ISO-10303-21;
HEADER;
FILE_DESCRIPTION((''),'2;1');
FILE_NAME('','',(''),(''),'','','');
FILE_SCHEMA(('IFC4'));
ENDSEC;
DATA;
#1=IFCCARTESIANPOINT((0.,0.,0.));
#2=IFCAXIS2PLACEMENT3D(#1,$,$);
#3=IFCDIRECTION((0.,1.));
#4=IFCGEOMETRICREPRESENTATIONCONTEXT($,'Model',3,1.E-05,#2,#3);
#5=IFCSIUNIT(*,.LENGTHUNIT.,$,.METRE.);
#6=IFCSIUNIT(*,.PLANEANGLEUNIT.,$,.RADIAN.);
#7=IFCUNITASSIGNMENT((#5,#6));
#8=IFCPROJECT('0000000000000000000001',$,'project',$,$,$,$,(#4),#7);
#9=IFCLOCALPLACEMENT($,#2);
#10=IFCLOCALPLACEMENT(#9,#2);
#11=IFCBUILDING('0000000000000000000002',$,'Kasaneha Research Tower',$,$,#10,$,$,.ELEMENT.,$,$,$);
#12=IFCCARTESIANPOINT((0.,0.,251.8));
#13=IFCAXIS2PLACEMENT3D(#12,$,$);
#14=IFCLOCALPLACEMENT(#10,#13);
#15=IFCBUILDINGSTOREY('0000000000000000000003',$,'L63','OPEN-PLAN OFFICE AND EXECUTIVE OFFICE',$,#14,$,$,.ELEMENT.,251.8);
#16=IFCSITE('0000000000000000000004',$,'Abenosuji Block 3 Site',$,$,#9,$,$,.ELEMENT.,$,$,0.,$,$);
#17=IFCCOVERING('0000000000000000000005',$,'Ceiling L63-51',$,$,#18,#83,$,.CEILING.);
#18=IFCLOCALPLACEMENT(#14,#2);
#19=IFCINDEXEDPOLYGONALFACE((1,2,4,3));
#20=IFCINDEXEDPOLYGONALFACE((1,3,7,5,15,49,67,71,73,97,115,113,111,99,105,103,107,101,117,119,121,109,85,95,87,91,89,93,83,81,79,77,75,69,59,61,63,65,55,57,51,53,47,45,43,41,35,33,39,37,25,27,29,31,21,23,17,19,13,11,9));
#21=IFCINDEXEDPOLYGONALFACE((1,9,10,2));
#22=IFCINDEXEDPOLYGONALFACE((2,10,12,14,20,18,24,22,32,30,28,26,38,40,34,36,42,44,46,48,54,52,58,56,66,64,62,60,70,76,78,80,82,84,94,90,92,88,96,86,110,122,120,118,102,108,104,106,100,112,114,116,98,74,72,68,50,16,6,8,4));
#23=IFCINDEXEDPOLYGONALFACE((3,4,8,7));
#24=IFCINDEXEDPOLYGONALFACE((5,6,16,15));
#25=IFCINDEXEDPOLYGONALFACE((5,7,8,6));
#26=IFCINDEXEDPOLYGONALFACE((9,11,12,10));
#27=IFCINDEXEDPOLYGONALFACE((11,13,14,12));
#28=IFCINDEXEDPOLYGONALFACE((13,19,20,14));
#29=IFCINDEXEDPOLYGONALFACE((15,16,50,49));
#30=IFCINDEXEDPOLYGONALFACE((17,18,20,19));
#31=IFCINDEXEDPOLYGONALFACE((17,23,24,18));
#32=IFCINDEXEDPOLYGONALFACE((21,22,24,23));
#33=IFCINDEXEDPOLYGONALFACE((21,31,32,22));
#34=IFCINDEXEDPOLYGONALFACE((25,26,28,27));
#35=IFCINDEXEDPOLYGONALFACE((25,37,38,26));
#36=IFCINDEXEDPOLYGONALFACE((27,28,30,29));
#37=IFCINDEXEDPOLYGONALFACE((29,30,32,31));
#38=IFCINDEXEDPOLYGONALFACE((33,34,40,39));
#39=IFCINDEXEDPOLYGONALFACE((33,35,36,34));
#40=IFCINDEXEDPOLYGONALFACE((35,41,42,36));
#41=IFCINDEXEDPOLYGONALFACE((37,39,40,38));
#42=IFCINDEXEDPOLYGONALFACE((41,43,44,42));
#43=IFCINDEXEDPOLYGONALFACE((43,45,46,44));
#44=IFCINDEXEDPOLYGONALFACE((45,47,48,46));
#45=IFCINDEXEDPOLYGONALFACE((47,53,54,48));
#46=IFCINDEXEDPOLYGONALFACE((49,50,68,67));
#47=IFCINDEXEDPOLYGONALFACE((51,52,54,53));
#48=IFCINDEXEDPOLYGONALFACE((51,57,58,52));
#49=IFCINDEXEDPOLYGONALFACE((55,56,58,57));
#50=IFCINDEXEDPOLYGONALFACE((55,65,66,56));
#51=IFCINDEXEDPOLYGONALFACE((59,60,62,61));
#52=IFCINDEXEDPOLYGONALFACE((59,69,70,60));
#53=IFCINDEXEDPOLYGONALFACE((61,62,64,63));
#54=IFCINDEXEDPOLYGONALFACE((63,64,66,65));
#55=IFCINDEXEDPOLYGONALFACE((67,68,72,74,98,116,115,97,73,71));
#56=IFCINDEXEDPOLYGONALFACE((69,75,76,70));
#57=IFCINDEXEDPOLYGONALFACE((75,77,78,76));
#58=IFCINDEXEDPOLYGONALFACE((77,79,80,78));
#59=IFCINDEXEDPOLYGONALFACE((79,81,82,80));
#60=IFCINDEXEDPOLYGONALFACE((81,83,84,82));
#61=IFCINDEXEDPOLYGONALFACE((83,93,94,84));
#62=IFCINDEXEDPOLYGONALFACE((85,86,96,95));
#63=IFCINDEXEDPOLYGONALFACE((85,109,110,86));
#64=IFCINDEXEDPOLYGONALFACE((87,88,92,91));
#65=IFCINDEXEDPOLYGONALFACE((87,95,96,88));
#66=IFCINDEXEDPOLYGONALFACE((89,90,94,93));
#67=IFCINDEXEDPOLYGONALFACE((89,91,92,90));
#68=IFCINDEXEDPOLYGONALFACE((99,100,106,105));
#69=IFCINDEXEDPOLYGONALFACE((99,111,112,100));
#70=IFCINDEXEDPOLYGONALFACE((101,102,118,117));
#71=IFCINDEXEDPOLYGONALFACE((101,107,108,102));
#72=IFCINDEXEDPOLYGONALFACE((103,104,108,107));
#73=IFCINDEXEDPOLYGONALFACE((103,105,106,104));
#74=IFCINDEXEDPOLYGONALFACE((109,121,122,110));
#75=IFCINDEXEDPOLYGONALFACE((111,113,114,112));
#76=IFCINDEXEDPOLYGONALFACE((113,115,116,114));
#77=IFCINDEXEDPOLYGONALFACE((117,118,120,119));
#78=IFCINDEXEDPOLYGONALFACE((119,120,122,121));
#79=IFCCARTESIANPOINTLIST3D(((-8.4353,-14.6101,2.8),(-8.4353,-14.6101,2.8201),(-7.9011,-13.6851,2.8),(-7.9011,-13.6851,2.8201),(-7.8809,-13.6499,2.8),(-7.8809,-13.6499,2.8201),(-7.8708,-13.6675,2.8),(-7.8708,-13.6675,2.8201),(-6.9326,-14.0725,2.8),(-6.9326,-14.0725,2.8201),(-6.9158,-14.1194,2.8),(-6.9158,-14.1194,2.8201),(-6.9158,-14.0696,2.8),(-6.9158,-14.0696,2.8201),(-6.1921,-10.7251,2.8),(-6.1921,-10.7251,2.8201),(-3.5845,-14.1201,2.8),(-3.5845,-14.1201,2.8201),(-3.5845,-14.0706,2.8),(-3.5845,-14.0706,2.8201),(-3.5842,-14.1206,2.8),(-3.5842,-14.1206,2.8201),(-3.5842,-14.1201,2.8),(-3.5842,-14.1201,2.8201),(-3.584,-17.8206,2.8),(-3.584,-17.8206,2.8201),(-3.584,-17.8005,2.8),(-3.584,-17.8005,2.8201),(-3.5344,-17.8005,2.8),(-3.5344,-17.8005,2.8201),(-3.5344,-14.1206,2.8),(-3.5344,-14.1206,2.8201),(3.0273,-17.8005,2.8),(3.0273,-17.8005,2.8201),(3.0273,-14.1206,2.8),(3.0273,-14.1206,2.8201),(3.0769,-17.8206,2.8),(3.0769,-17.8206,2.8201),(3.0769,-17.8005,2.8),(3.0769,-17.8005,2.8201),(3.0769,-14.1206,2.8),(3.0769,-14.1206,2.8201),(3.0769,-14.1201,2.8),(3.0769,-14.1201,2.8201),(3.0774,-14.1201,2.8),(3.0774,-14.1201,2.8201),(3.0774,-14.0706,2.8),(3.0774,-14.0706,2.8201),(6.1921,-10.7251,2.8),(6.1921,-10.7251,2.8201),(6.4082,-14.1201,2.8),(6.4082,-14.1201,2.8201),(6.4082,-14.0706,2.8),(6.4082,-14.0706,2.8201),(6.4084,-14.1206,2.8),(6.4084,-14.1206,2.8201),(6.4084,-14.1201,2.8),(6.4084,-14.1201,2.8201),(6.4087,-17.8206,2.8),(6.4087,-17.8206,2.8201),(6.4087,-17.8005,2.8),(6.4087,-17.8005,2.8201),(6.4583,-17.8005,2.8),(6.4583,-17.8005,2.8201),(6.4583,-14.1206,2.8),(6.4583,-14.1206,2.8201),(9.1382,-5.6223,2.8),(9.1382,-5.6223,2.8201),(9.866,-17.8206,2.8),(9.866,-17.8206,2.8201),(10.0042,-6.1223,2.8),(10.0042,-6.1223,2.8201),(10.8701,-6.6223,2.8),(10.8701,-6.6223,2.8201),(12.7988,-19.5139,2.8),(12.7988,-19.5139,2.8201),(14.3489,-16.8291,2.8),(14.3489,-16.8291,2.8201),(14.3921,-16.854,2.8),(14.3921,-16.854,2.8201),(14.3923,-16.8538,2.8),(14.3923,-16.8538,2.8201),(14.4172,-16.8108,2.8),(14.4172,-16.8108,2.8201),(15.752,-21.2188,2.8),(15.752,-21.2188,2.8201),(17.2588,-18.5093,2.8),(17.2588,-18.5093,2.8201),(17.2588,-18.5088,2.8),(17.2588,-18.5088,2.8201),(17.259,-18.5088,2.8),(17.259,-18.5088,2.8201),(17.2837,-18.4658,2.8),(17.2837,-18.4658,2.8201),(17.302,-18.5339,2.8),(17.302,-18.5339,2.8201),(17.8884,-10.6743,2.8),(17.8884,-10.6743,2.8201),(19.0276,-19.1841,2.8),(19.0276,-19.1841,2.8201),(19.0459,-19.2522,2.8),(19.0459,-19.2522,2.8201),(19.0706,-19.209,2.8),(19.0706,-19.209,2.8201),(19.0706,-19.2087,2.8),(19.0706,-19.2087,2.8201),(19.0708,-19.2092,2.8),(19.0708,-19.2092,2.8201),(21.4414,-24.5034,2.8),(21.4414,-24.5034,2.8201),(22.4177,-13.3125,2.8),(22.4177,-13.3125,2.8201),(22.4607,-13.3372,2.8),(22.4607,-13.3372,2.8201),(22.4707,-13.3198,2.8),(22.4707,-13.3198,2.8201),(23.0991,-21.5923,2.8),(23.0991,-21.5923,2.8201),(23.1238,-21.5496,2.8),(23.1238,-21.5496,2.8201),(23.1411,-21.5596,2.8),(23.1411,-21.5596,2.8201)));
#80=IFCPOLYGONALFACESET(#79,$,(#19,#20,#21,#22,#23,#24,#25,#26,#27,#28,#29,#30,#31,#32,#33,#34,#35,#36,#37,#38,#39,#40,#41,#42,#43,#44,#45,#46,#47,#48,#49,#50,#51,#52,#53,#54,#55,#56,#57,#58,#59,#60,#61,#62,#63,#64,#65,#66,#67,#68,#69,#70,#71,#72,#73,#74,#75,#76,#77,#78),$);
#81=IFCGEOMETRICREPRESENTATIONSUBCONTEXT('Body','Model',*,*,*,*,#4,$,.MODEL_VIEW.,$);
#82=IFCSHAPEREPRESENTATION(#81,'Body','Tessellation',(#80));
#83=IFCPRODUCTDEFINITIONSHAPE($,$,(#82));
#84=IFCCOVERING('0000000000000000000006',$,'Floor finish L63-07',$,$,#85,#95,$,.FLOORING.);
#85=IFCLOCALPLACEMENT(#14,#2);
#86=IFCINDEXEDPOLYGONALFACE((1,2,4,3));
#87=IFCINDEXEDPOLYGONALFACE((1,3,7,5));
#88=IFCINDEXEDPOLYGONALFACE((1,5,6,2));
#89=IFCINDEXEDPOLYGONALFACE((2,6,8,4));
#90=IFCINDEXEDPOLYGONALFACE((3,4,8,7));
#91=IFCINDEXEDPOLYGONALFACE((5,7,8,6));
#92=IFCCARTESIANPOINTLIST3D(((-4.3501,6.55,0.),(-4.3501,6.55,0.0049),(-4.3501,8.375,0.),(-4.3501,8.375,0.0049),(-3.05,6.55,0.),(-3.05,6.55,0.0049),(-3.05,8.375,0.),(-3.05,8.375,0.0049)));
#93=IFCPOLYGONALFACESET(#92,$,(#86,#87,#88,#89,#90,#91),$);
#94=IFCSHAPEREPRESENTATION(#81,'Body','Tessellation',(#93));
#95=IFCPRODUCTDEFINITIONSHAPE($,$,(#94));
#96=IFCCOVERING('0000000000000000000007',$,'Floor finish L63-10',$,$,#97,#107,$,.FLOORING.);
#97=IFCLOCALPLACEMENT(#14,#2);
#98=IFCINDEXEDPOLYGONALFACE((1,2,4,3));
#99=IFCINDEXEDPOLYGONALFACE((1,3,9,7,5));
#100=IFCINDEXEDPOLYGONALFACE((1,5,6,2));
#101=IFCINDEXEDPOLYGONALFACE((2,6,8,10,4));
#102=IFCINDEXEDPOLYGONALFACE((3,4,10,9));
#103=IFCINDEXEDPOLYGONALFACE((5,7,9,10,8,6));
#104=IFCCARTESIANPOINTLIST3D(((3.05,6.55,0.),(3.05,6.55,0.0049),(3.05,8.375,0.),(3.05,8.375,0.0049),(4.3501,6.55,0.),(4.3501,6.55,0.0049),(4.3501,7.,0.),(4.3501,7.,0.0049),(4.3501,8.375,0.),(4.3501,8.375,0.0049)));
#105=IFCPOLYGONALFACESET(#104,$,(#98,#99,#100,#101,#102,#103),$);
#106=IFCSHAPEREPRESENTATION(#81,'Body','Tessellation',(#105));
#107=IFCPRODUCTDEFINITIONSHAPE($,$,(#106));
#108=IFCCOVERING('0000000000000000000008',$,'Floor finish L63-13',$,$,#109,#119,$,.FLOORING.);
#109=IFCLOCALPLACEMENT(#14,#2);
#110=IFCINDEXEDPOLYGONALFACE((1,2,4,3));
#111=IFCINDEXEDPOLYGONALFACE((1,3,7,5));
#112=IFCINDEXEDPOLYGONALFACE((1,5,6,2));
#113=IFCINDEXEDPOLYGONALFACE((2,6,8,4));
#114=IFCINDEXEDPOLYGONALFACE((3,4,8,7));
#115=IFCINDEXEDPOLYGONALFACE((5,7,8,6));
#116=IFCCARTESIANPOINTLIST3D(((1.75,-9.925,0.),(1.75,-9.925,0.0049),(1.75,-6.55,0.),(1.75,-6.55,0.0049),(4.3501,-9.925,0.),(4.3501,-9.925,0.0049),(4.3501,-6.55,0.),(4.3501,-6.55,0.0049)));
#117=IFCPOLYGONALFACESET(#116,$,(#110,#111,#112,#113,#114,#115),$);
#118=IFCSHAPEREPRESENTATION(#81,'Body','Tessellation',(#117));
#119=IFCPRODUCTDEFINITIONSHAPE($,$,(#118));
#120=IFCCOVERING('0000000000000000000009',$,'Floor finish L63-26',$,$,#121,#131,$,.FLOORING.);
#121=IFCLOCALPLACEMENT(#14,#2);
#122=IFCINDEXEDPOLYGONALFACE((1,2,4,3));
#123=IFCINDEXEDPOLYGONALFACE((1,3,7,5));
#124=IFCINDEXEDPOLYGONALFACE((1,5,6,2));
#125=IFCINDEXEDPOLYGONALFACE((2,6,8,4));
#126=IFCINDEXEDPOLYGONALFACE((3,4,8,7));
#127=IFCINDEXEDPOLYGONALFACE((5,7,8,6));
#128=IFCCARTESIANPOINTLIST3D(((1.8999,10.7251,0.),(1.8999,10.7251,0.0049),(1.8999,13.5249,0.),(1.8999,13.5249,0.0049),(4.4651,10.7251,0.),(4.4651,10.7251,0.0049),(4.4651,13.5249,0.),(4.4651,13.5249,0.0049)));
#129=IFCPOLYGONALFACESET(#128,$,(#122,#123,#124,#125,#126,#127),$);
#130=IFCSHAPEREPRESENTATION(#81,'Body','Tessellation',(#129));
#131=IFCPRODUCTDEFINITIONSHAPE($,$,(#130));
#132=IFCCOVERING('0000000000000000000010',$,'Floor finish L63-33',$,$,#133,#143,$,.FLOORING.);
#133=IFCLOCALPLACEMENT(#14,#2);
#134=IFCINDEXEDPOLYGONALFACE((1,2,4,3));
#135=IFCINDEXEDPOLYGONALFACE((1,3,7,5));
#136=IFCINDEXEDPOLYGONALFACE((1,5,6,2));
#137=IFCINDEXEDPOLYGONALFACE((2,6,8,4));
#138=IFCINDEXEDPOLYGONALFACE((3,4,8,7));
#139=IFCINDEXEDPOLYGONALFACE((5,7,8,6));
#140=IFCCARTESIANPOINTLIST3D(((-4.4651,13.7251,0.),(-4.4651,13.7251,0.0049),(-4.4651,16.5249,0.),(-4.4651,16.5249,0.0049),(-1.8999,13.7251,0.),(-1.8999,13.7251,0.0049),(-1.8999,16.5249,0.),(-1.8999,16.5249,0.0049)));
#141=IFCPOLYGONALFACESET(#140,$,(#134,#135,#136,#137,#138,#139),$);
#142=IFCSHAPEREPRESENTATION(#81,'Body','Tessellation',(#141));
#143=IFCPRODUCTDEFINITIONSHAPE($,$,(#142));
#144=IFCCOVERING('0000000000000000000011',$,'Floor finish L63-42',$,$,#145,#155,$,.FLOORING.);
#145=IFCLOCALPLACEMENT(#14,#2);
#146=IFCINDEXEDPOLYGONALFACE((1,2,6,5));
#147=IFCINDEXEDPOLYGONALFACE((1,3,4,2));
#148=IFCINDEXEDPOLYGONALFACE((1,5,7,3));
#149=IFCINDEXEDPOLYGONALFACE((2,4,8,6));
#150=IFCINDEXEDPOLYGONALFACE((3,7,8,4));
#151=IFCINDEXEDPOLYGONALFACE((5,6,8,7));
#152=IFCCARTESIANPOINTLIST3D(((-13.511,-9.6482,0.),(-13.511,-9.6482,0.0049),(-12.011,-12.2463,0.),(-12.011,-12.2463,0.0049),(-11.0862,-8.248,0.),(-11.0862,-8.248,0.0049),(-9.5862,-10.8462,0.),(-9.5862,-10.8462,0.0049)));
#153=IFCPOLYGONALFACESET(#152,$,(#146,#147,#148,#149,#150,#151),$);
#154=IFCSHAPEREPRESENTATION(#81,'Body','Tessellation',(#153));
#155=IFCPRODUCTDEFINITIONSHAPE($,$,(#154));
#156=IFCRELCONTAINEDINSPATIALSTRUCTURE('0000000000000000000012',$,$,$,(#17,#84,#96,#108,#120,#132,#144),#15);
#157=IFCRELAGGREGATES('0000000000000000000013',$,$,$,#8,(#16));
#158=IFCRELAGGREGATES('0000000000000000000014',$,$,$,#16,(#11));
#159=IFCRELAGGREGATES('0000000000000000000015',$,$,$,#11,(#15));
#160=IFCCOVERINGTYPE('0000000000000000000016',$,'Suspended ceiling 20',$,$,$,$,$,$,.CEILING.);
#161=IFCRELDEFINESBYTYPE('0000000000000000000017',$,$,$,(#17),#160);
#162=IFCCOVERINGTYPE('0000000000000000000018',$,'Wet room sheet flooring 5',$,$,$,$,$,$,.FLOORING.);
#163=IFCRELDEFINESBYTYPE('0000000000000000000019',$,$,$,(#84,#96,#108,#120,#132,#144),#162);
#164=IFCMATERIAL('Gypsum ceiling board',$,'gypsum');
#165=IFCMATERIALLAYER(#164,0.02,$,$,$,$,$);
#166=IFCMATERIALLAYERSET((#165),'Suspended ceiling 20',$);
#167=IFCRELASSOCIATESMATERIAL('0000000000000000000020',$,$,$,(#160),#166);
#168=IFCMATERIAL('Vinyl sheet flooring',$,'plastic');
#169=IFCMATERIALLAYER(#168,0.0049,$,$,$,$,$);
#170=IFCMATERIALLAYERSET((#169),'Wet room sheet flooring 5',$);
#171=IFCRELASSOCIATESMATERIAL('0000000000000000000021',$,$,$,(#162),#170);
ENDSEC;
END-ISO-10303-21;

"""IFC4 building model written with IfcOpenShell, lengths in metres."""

from ifc_helpers import new_model, si_unit, direction, frame, origin, place, context, subcontext, project, spatial, polyline, outline, extrude, material, layer, layer_set, type_object, element, save


model = new_model("IFC4")

# Units and contexts
model_context = context("Model", 3, precision=1e-05, world=origin(), true_north=direction((0.0, 1.0)))
body_context = subcontext(model_context, "Body", "Model", "MODEL_VIEW")
ifc_project = project(units=[si_unit("LENGTHUNIT", "METRE"), si_unit("PLANEANGLEUNIT", "RADIAN")], contexts=[model_context])

# Site, building, storey
site_placement = place(None, origin())
site = spatial("IfcSite", under=ifc_project, at=site_placement, Name="Abenosuji Block 3 Site", CompositionType="ELEMENT", RefElevation=0.0)
building_placement = place(site_placement, origin())
building = spatial("IfcBuilding", under=site, at=building_placement, Name="Kasaneha Research Tower", CompositionType="ELEMENT")
storey_placement = place(building_placement, frame((0.0, 0.0, 251.8)))
storey = spatial("IfcBuildingStorey", under=building, at=storey_placement, Name="L63", Description="OPEN-PLAN OFFICE AND EXECUTIVE OFFICE", CompositionType="ELEMENT", Elevation=251.8)

# Coverings
ifc_material_1 = material(Name="Gypsum ceiling board", Category="gypsum")
ifc_layer_1 = layer(ifc_material_1, 0.02)
ifc_layer_set_1 = layer_set([ifc_layer_1], Name="Suspended ceiling 20")
covering_type_1 = type_object("IfcCoveringType", Name="Suspended ceiling 20", PredefinedType="CEILING", material=ifc_layer_set_1)
covering_1_placement = place(storey_placement, frame((0.0, 0.0, 2.8)))
element("IfcCovering", 1, at=covering_1_placement, inside=storey, type_object=covering_type_1, Name="Ceiling L63-51", PredefinedType="CEILING", context=body_context, shape_type="SweptSolid", body=[
    extrude(outline(polyline([(9.1382, -5.6223), (10.0042, -6.1223), (10.0042, -6.1223), (10.8701, -6.6223), (10.8701, -6.6223), (17.8884, -10.6743), (22.4707, -13.3198), (22.4607, -13.3372), (22.4177, -13.3125), (19.0276, -19.1841), (19.0706, -19.2087), (19.0706, -19.209), (19.0708, -19.2092), (19.0459, -19.2522), (23.0991, -21.5923), (23.1238, -21.5496), (23.1411, -21.5596), (21.4414, -24.5034), (15.752, -21.2188), (17.302, -18.5339), (17.2588, -18.5093), (17.259, -18.5088), (17.2588, -18.5088), (17.2837, -18.4658), (14.4172, -16.8108), (14.3923, -16.8538), (14.3923, -16.8538), (14.3921, -16.854), (14.3489, -16.8291), (12.7988, -19.5139), (9.866, -17.8206), (6.4087, -17.8206), (6.4087, -17.8005), (6.4583, -17.8005), (6.4583, -14.1206), (6.4084, -14.1206), (6.4084, -14.1201), (6.4082, -14.1201), (6.4082, -14.0706), (3.0774, -14.0706), (3.0774, -14.1201), (3.0769, -14.1201), (3.0769, -14.1206), (3.0273, -14.1206), (3.0273, -17.8005), (3.0769, -17.8005), (3.0769, -17.8206), (-3.584, -17.8206), (-3.584, -17.8005), (-3.5344, -17.8005), (-3.5344, -14.1206), (-3.5842, -14.1206), (-3.5842, -14.1201), (-3.5845, -14.1201), (-3.5845, -14.0706), (-6.9158, -14.0696), (-6.9158, -14.1194), (-6.9326, -14.0725), (-8.4353, -14.6101), (-7.9011, -13.6851), (-7.8708, -13.6675), (-7.8809, -13.6499), (-6.1921, -10.7251), (6.1921, -10.7251), (9.1382, -5.6223)])), origin(), (0.0, 0.0, 1.0), 0.02),
])
ifc_material_2 = material(Name="Vinyl sheet flooring", Category="plastic")
ifc_layer_2 = layer(ifc_material_2, 0.0049)
ifc_layer_set_2 = layer_set([ifc_layer_2], Name="Wet room sheet flooring 5")
covering_type_2 = type_object("IfcCoveringType", Name="Wet room sheet flooring 5", PredefinedType="FLOORING", material=ifc_layer_set_2)
covering_2_placement = place(storey_placement, origin())
element("IfcCovering", 2, at=covering_2_placement, inside=storey, type_object=covering_type_2, Name="Floor finish L63-07", PredefinedType="FLOORING", context=body_context, shape_type="SweptSolid", body=[
    extrude(outline(polyline([(-4.3501, 6.55), (-4.3501, 8.375), (-3.05, 8.375), (-3.05, 6.55), (-4.3501, 6.55)])), origin(), (0.0, 0.0, 1.0), 0.0049),
])
covering_3_placement = place(storey_placement, origin())
element("IfcCovering", 3, at=covering_3_placement, inside=storey, type_object=covering_type_2, Name="Floor finish L63-10", PredefinedType="FLOORING", context=body_context, shape_type="SweptSolid", body=[
    extrude(outline(polyline([(3.05, 6.55), (3.05, 8.375), (4.3501, 8.375), (4.3501, 7.0), (4.3501, 6.55), (3.05, 6.55)])), origin(), (0.0, 0.0, 1.0), 0.0049),
])
covering_4_placement = place(storey_placement, origin())
element("IfcCovering", 4, at=covering_4_placement, inside=storey, type_object=covering_type_2, Name="Floor finish L63-13", PredefinedType="FLOORING", context=body_context, shape_type="SweptSolid", body=[
    extrude(outline(polyline([(1.75, -9.925), (1.75, -6.55), (4.3501, -6.55), (4.3501, -9.925), (1.75, -9.925)])), origin(), (0.0, 0.0, 1.0), 0.0049),
])
covering_5_placement = place(storey_placement, origin())
element("IfcCovering", 5, at=covering_5_placement, inside=storey, type_object=covering_type_2, Name="Floor finish L63-26", PredefinedType="FLOORING", context=body_context, shape_type="SweptSolid", body=[
    extrude(outline(polyline([(4.4651, 13.5249), (4.4651, 10.7251), (1.8999, 10.7251), (1.8999, 13.5249), (4.4651, 13.5249)])), origin(), (0.0, 0.0, 1.0), 0.0049),
])
covering_6_placement = place(storey_placement, origin())
element("IfcCovering", 6, at=covering_6_placement, inside=storey, type_object=covering_type_2, Name="Floor finish L63-33", PredefinedType="FLOORING", context=body_context, shape_type="SweptSolid", body=[
    extrude(outline(polyline([(-4.4651, 16.5249), (-1.8999, 16.5249), (-1.8999, 13.7251), (-4.4651, 13.7251), (-4.4651, 16.5249)])), origin(), (0.0, 0.0, 1.0), 0.0049),
])
covering_7_placement = place(storey_placement, origin())
element("IfcCovering", 7, at=covering_7_placement, inside=storey, type_object=covering_type_2, Name="Floor finish L63-42", PredefinedType="FLOORING", context=body_context, shape_type="SweptSolid", body=[
    extrude(outline(polyline([(-12.011, -12.2463), (-13.511, -9.6482), (-11.0862, -8.248), (-9.5862, -10.8462), (-12.011, -12.2463)])), origin(), (0.0, 0.0, 1.0), 0.0049),
])

save(model, "model.ifc")
